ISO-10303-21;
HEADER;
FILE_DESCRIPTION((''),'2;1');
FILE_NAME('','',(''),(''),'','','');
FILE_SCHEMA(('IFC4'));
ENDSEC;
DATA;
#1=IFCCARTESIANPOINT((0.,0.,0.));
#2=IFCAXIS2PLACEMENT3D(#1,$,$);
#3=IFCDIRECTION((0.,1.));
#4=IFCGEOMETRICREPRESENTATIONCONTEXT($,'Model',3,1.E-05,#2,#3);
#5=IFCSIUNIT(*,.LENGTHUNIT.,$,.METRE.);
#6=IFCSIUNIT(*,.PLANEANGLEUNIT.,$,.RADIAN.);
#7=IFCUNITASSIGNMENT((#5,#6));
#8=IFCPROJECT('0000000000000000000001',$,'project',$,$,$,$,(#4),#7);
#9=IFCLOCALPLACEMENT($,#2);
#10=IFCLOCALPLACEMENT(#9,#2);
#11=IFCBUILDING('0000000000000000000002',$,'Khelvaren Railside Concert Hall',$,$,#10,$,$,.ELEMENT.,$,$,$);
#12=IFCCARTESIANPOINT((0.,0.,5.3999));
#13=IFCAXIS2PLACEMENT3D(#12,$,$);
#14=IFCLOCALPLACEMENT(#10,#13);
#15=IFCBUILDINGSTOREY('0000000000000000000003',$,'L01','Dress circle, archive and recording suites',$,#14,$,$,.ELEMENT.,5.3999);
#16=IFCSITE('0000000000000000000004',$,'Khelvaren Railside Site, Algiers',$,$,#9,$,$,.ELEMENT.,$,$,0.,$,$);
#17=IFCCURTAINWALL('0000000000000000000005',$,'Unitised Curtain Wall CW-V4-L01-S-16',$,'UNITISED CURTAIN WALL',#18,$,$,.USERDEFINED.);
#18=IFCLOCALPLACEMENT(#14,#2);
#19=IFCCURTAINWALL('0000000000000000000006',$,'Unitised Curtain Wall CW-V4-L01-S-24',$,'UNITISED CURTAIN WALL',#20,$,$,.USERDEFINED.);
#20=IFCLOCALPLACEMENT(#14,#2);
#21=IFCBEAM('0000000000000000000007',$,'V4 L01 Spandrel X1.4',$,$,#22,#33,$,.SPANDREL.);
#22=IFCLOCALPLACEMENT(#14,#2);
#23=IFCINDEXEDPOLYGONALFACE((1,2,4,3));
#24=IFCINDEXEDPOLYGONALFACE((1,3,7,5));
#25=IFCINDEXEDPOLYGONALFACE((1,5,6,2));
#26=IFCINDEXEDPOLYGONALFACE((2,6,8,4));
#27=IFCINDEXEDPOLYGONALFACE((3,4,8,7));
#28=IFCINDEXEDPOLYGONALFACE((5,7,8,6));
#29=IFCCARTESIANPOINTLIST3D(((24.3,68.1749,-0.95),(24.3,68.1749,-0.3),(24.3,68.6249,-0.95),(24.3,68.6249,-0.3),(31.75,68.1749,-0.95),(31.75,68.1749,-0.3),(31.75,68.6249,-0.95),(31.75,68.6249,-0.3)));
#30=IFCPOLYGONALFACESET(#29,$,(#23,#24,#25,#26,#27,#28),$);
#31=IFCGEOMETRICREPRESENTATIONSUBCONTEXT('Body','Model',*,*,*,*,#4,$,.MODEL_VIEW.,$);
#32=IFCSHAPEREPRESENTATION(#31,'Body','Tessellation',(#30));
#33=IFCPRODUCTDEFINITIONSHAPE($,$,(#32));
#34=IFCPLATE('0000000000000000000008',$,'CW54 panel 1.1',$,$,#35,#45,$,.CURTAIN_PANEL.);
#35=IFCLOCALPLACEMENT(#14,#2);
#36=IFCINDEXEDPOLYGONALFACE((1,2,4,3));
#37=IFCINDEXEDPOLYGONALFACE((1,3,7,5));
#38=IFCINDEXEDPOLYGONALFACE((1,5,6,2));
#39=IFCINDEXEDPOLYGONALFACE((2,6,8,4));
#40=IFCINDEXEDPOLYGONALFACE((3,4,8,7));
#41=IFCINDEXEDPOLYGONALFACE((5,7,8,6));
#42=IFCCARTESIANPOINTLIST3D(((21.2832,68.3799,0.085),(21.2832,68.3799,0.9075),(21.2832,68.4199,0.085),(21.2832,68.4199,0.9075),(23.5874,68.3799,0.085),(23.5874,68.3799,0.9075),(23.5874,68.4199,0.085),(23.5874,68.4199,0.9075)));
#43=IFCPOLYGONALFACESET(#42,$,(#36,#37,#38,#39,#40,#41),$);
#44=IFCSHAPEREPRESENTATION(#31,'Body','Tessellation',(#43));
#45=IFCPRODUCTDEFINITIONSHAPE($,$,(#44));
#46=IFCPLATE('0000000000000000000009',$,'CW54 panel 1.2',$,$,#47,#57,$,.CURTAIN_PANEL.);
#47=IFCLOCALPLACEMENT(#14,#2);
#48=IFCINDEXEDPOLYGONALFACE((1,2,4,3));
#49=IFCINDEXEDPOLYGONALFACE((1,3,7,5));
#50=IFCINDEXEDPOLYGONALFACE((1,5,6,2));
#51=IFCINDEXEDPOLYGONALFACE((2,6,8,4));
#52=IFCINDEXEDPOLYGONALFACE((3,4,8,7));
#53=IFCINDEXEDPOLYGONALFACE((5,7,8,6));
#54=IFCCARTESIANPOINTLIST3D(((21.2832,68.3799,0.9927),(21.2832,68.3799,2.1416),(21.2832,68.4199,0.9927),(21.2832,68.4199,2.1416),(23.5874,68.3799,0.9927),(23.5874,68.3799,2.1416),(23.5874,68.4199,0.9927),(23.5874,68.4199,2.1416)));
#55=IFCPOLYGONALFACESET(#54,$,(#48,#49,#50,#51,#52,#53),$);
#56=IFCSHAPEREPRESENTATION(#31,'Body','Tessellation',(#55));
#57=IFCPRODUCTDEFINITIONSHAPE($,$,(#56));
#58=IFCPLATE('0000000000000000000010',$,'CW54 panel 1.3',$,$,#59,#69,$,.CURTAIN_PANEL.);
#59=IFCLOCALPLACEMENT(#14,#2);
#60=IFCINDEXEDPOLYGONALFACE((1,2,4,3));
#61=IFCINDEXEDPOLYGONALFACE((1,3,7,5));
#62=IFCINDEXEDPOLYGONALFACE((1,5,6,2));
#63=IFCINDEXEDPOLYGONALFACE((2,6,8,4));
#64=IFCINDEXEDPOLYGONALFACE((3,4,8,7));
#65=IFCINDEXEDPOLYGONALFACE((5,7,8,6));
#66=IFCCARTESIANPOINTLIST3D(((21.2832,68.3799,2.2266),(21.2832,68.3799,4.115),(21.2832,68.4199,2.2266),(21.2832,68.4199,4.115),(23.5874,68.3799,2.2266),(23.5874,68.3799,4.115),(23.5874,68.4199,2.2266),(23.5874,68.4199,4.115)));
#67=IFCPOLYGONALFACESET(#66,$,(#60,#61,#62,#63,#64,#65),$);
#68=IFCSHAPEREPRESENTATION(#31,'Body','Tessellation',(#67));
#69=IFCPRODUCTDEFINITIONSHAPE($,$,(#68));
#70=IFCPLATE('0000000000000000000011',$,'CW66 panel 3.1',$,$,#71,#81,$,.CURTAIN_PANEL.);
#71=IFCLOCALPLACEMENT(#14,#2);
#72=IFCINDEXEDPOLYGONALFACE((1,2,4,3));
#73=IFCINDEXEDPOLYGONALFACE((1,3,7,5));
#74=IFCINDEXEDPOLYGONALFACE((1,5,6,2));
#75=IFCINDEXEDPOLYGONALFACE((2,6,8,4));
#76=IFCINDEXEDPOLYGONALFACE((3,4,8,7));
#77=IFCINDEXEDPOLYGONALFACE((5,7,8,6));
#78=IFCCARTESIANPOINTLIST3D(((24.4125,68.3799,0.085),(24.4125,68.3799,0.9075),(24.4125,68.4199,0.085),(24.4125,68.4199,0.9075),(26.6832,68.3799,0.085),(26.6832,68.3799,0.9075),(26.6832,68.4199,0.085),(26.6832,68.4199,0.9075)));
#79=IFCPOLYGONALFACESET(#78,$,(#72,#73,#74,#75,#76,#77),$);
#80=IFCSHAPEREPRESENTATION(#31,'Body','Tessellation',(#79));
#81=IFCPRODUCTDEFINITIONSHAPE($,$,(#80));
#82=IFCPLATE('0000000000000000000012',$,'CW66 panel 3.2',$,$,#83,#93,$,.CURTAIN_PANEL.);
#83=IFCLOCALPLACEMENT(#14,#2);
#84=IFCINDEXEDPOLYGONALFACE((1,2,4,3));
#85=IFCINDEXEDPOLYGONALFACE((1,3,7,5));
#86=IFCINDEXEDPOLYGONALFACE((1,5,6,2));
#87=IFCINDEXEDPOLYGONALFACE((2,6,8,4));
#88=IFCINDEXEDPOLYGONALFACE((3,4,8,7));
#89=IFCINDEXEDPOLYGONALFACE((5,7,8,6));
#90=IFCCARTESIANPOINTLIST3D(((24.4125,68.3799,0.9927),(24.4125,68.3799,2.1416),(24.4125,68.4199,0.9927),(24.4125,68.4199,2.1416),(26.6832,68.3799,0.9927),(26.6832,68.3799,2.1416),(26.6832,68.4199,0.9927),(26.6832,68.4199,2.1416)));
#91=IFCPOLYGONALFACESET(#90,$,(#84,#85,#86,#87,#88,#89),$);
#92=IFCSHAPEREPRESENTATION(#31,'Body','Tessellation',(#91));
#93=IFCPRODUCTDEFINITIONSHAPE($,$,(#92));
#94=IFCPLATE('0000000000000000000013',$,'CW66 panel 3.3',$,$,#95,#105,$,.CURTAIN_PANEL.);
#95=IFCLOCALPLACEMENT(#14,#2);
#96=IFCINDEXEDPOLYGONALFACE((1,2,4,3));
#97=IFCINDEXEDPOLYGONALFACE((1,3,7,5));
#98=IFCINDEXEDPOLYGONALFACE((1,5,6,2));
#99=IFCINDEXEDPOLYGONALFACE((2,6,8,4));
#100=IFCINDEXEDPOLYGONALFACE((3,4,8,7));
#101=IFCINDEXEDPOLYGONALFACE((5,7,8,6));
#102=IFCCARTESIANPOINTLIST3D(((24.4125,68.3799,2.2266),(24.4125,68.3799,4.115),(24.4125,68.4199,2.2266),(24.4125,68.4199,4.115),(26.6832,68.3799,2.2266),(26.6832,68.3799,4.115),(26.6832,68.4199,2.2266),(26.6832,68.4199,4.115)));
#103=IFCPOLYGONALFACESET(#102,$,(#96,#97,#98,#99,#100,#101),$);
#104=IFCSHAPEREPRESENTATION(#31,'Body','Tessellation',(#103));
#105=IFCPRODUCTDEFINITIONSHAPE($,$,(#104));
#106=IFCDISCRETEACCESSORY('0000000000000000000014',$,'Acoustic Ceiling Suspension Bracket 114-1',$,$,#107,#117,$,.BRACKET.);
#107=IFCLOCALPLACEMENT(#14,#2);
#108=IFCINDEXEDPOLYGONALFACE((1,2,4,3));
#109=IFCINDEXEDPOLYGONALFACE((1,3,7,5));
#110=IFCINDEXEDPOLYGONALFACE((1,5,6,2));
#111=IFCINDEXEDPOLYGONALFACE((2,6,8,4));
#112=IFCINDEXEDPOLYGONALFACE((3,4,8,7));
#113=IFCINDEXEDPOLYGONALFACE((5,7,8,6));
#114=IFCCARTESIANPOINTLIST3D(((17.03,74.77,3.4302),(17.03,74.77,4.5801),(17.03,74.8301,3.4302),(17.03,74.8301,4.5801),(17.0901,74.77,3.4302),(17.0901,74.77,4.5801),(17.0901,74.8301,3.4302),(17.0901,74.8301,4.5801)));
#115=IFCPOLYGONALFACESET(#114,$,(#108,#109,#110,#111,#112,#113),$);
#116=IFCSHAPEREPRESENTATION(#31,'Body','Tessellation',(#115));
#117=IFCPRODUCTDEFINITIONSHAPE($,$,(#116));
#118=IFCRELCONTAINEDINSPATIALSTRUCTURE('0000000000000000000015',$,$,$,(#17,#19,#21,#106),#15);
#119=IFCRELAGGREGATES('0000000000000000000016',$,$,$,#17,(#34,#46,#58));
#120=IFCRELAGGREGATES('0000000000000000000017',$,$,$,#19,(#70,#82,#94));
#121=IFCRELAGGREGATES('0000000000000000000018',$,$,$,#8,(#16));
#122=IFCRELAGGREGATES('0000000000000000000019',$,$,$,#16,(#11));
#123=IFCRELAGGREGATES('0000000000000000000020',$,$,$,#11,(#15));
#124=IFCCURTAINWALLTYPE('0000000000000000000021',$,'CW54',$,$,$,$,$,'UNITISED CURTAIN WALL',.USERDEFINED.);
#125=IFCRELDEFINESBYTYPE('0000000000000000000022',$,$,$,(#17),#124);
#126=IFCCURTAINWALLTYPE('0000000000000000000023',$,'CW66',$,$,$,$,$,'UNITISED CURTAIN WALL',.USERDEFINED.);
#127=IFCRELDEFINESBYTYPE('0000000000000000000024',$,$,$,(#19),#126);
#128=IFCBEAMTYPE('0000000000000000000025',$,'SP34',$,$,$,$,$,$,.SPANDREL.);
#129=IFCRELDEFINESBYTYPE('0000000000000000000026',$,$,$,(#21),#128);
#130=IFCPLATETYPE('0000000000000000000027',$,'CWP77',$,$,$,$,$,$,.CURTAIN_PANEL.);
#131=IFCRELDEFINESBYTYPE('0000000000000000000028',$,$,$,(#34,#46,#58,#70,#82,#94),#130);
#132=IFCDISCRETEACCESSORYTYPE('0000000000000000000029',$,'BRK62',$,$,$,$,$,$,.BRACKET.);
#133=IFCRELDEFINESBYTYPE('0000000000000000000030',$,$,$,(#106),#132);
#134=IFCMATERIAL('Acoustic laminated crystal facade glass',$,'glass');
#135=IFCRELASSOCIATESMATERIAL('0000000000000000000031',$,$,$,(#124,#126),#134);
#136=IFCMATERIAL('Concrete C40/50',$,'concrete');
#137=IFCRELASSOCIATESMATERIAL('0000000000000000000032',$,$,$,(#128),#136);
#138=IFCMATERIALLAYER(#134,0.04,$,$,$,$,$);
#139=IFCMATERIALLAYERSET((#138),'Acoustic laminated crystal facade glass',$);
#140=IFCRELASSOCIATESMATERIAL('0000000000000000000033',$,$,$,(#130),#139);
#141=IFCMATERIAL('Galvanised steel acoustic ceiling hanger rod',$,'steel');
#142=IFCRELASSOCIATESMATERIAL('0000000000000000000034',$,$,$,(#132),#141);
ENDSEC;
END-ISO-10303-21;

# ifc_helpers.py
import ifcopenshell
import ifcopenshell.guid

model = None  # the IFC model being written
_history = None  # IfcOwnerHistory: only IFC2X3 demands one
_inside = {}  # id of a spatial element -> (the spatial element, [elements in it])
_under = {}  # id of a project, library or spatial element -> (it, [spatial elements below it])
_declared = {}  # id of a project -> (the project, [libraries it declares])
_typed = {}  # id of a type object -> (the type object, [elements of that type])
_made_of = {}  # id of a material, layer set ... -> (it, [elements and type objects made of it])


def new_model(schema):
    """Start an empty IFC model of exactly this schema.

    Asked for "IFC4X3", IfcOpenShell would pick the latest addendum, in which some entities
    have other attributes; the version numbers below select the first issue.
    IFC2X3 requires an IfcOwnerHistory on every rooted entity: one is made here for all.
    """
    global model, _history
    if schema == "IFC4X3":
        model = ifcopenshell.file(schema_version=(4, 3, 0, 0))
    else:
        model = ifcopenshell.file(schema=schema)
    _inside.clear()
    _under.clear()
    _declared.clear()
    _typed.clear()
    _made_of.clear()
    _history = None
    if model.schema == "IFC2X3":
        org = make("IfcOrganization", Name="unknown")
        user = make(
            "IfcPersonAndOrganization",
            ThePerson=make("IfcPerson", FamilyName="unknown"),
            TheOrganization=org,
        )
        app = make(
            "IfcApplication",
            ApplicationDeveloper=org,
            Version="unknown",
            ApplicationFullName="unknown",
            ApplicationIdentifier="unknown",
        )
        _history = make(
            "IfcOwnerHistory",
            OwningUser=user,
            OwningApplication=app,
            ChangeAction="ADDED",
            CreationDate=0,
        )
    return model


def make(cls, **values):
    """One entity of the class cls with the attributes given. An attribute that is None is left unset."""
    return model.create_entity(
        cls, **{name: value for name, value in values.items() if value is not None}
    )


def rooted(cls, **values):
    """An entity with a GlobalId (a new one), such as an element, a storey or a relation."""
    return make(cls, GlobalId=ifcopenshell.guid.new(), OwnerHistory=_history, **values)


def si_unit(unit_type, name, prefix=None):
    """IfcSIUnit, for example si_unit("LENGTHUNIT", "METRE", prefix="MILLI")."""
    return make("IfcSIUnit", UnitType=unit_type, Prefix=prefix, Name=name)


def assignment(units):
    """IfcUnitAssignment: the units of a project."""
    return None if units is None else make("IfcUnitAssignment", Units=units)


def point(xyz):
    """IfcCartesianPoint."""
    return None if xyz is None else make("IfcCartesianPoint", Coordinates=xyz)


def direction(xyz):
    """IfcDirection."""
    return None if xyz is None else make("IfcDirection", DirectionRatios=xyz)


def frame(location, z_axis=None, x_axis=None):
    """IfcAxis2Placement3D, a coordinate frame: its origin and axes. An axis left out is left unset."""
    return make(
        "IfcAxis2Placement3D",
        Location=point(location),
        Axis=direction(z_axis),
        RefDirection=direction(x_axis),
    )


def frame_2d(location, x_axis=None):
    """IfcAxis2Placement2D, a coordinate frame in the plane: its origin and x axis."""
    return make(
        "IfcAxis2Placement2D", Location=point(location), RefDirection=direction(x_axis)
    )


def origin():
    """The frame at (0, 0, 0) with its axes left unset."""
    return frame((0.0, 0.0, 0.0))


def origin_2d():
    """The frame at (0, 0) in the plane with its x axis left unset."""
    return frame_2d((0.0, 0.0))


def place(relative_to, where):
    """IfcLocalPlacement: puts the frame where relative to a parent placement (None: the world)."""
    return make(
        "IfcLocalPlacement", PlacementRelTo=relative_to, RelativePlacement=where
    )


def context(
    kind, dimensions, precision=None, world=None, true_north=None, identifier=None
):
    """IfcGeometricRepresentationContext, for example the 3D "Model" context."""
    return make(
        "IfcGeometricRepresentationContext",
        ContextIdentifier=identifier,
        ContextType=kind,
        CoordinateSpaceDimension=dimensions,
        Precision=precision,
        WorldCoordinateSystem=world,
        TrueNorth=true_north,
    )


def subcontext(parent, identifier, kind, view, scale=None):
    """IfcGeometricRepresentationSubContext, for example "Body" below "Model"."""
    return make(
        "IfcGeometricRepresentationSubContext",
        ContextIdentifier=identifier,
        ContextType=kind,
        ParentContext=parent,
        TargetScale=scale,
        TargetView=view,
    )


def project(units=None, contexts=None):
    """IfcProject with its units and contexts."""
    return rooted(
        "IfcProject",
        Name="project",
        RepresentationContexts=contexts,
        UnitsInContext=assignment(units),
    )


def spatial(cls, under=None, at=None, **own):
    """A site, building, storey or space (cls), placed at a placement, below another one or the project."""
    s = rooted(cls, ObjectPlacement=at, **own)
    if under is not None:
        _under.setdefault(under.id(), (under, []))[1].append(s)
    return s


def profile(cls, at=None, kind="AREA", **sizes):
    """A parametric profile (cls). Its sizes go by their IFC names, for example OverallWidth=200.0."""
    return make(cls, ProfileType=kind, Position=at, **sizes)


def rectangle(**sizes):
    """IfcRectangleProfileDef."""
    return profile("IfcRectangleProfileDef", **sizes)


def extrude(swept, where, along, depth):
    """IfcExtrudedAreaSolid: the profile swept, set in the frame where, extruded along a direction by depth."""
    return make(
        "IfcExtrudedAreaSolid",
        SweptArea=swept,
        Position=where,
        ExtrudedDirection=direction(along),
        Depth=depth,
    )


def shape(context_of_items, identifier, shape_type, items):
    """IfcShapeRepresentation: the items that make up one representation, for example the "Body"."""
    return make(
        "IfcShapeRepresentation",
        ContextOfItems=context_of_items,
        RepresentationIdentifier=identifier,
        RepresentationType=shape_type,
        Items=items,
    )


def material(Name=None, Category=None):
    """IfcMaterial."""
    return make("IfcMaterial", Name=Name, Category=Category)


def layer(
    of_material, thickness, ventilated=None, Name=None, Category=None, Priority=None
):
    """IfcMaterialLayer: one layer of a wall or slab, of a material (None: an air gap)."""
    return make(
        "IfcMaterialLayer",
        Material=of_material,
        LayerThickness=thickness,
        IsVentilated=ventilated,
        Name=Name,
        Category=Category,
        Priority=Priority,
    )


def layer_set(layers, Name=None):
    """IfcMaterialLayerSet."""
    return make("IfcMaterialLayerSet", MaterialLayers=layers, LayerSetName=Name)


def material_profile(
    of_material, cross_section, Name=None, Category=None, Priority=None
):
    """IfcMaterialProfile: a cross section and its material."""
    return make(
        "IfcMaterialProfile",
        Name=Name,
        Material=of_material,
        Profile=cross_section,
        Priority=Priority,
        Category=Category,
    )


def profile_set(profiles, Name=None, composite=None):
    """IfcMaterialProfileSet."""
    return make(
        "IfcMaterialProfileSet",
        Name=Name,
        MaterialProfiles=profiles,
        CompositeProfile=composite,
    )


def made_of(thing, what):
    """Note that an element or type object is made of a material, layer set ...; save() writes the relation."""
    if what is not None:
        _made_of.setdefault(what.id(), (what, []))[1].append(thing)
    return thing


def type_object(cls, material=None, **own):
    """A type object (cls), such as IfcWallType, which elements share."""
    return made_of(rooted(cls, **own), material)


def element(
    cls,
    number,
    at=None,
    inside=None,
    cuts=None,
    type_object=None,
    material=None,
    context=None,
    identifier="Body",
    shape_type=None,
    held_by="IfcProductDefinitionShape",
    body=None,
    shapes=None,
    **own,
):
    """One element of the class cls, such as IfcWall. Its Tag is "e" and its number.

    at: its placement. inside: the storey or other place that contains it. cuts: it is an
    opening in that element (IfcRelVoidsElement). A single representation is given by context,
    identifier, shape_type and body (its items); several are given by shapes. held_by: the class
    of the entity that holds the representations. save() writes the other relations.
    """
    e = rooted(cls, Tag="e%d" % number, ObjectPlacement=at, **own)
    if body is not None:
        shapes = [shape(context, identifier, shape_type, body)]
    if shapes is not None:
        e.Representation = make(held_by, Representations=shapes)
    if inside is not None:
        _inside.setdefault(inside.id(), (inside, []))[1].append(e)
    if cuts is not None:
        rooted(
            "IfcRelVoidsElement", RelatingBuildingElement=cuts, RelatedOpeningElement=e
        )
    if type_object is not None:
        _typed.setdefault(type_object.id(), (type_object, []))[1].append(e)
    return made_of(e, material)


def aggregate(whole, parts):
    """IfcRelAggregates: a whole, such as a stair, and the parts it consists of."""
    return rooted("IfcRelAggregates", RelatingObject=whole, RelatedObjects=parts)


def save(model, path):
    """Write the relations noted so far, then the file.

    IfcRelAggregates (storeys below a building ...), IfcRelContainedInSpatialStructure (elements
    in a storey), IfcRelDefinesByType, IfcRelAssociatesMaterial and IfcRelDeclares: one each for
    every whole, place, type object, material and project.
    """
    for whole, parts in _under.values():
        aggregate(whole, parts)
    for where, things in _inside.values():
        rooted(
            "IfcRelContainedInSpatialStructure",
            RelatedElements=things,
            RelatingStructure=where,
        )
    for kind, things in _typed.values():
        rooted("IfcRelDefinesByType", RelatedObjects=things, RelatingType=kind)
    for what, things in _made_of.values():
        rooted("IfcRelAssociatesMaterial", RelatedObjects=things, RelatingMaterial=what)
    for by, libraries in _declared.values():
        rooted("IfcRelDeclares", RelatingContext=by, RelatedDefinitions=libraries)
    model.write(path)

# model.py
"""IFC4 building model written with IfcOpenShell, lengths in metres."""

from ifc_helpers import new_model, si_unit, direction, frame, origin, origin_2d, place, context, subcontext, project, spatial, rectangle, extrude, material, layer, layer_set, material_profile, profile_set, type_object, element, aggregate, save


model = new_model("IFC4")

# Units and contexts
model_context = context("Model", 3, precision=1e-05, world=origin(), true_north=direction((0.0, 1.0)))
body_context = subcontext(model_context, "Body", "Model", "MODEL_VIEW")
ifc_project = project(units=[si_unit("LENGTHUNIT", "METRE"), si_unit("PLANEANGLEUNIT", "RADIAN")], contexts=[model_context])

# Site, building, storey
site_placement = place(None, origin())
site = spatial("IfcSite", under=ifc_project, at=site_placement, Name="Khelvaren Railside Site, Algiers", CompositionType="ELEMENT", RefElevation=0.0)
building_placement = place(site_placement, origin())
building = spatial("IfcBuilding", under=site, at=building_placement, Name="Khelvaren Railside Concert Hall", CompositionType="ELEMENT")
storey_placement = place(building_placement, frame((0.0, 0.0, 5.3999)))
storey = spatial("IfcBuildingStorey", under=building, at=storey_placement, Name="L01", Description="Dress circle, archive and recording suites", CompositionType="ELEMENT", Elevation=5.3999)

# Curtain wall
ifc_material_1 = material(Name="Acoustic laminated crystal facade glass", Category="glass")
curtain_wall_type_1 = type_object("IfcCurtainWallType", Name="CW54", ElementType="UNITISED CURTAIN WALL", PredefinedType="USERDEFINED", material=ifc_material_1)
curtain_wall_1_placement = place(storey_placement, origin())
curtain_wall_1 = element("IfcCurtainWall", 1, at=curtain_wall_1_placement, inside=storey, type_object=curtain_wall_type_1, Name="Unitised Curtain Wall CW-V4-L01-S-16", ObjectType="UNITISED CURTAIN WALL", PredefinedType="USERDEFINED")

# Curtain wall
curtain_wall_type_2 = type_object("IfcCurtainWallType", Name="CW66", ElementType="UNITISED CURTAIN WALL", PredefinedType="USERDEFINED", material=ifc_material_1)
curtain_wall_2_placement = place(storey_placement, origin())
curtain_wall_2 = element("IfcCurtainWall", 2, at=curtain_wall_2_placement, inside=storey, type_object=curtain_wall_type_2, Name="Unitised Curtain Wall CW-V4-L01-S-24", ObjectType="UNITISED CURTAIN WALL", PredefinedType="USERDEFINED")

# Beam
ifc_material_2 = material(Name="Concrete C40/50", Category="concrete")
ifc_material_profile_1 = material_profile(ifc_material_2, rectangle(XDim=0.45, YDim=0.6499, at=origin_2d()), Name="RCB 450x650")
ifc_profile_set_1 = profile_set([ifc_material_profile_1], Name="Concrete C40/50")
beam_type_1 = type_object("IfcBeamType", Name="SP34", PredefinedType="SPANDREL", material=ifc_profile_set_1)
beam_1_placement = place(storey_placement, frame((24.3, 68.3999, -0.625), z_axis=(1.0, 0.0, 0.0), x_axis=(0.0, 1.0, 0.0)))
element("IfcBeam", 3, at=beam_1_placement, inside=storey, type_object=beam_type_1, Name="V4 L01 Spandrel X1.4", PredefinedType="SPANDREL", context=body_context, shape_type="SweptSolid", body=[
    extrude(rectangle(XDim=0.45, YDim=0.6499, at=origin_2d()), origin(), (0.0, 0.0, 1.0), 7.45),
])

# Plates
ifc_layer = layer(ifc_material_1, 0.04)
ifc_layer_set = layer_set([ifc_layer], Name="Acoustic laminated crystal facade glass")
plate_type = type_object("IfcPlateType", Name="CWP77", PredefinedType="CURTAIN_PANEL", material=ifc_layer_set)
plate_1_placement = place(storey_placement, frame((22.4353, 68.3999, 0.085), z_axis=(0.0, 0.0, 1.0), x_axis=(-1.0, 0.0, 0.0)))
plate_1 = element("IfcPlate", 4, at=plate_1_placement, type_object=plate_type, Name="CW54 panel 1.1", PredefinedType="CURTAIN_PANEL", context=body_context, shape_type="SweptSolid", body=[
    extrude(rectangle(XDim=2.3042, YDim=0.04, at=origin_2d()), origin(), (0.0, 0.0, 1.0), 0.8225),
])
plate_2_placement = place(storey_placement, frame((22.4353, 68.3999, 0.9927), z_axis=(0.0, 0.0, 1.0), x_axis=(-1.0, 0.0, 0.0)))
plate_2 = element("IfcPlate", 5, at=plate_2_placement, type_object=plate_type, Name="CW54 panel 1.2", PredefinedType="CURTAIN_PANEL", context=body_context, shape_type="SweptSolid", body=[
    extrude(rectangle(XDim=2.3042, YDim=0.04, at=origin_2d()), origin(), (0.0, 0.0, 1.0), 1.1489),
])
plate_3_placement = place(storey_placement, frame((22.4353, 68.3999, 2.2266), z_axis=(0.0, 0.0, 1.0), x_axis=(-1.0, 0.0, 0.0)))
plate_3 = element("IfcPlate", 6, at=plate_3_placement, type_object=plate_type, Name="CW54 panel 1.3", PredefinedType="CURTAIN_PANEL", context=body_context, shape_type="SweptSolid", body=[
    extrude(rectangle(XDim=2.3042, YDim=0.04, at=origin_2d()), origin(), (0.0, 0.0, 1.0), 1.8884),
])
aggregate(curtain_wall_1, [plate_1, plate_2, plate_3])
plate_4_placement = place(storey_placement, frame((25.5479, 68.3999, 0.085), z_axis=(0.0, 0.0, 1.0), x_axis=(-1.0, 0.0, 0.0)))
plate_4 = element("IfcPlate", 7, at=plate_4_placement, type_object=plate_type, Name="CW66 panel 3.1", PredefinedType="CURTAIN_PANEL", context=body_context, shape_type="SweptSolid", body=[
    extrude(rectangle(XDim=2.2708, YDim=0.04, at=origin_2d()), origin(), (0.0, 0.0, 1.0), 0.8225),
])
plate_5_placement = place(storey_placement, frame((25.5479, 68.3999, 0.9927), z_axis=(0.0, 0.0, 1.0), x_axis=(-1.0, 0.0, 0.0)))
plate_5 = element("IfcPlate", 8, at=plate_5_placement, type_object=plate_type, Name="CW66 panel 3.2", PredefinedType="CURTAIN_PANEL", context=body_context, shape_type="SweptSolid", body=[
    extrude(rectangle(XDim=2.2708, YDim=0.04, at=origin_2d()), origin(), (0.0, 0.0, 1.0), 1.1489),
])
plate_6_placement = place(storey_placement, frame((25.5479, 68.3999, 2.2266), z_axis=(0.0, 0.0, 1.0), x_axis=(-1.0, 0.0, 0.0)))
plate_6 = element("IfcPlate", 9, at=plate_6_placement, type_object=plate_type, Name="CW66 panel 3.3", PredefinedType="CURTAIN_PANEL", context=body_context, shape_type="SweptSolid", body=[
    extrude(rectangle(XDim=2.2708, YDim=0.04, at=origin_2d()), origin(), (0.0, 0.0, 1.0), 1.8884),
])
aggregate(curtain_wall_2, [plate_4, plate_5, plate_6])

# Discrete accessory
ifc_material_3 = material(Name="Galvanised steel acoustic ceiling hanger rod", Category="steel")
discrete_accessory_type = type_object("IfcDiscreteAccessoryType", Name="BRK62", PredefinedType="BRACKET", material=ifc_material_3)
discrete_accessory_placement = place(storey_placement, frame((17.0601, 74.8, 3.4302), z_axis=(0.0, 0.0, 1.0), x_axis=(1.0, 0.0, 0.0)))
element("IfcDiscreteAccessory", 10, at=discrete_accessory_placement, inside=storey, type_object=discrete_accessory_type, Name="Acoustic Ceiling Suspension Bracket 114-1", PredefinedType="BRACKET", context=body_context, shape_type="SweptSolid", body=[
    extrude(rectangle(XDim=0.0601, YDim=0.0601, at=origin_2d()), origin(), (0.0, 0.0, 1.0), 1.1499),
])

save(model, "model.ifc")
